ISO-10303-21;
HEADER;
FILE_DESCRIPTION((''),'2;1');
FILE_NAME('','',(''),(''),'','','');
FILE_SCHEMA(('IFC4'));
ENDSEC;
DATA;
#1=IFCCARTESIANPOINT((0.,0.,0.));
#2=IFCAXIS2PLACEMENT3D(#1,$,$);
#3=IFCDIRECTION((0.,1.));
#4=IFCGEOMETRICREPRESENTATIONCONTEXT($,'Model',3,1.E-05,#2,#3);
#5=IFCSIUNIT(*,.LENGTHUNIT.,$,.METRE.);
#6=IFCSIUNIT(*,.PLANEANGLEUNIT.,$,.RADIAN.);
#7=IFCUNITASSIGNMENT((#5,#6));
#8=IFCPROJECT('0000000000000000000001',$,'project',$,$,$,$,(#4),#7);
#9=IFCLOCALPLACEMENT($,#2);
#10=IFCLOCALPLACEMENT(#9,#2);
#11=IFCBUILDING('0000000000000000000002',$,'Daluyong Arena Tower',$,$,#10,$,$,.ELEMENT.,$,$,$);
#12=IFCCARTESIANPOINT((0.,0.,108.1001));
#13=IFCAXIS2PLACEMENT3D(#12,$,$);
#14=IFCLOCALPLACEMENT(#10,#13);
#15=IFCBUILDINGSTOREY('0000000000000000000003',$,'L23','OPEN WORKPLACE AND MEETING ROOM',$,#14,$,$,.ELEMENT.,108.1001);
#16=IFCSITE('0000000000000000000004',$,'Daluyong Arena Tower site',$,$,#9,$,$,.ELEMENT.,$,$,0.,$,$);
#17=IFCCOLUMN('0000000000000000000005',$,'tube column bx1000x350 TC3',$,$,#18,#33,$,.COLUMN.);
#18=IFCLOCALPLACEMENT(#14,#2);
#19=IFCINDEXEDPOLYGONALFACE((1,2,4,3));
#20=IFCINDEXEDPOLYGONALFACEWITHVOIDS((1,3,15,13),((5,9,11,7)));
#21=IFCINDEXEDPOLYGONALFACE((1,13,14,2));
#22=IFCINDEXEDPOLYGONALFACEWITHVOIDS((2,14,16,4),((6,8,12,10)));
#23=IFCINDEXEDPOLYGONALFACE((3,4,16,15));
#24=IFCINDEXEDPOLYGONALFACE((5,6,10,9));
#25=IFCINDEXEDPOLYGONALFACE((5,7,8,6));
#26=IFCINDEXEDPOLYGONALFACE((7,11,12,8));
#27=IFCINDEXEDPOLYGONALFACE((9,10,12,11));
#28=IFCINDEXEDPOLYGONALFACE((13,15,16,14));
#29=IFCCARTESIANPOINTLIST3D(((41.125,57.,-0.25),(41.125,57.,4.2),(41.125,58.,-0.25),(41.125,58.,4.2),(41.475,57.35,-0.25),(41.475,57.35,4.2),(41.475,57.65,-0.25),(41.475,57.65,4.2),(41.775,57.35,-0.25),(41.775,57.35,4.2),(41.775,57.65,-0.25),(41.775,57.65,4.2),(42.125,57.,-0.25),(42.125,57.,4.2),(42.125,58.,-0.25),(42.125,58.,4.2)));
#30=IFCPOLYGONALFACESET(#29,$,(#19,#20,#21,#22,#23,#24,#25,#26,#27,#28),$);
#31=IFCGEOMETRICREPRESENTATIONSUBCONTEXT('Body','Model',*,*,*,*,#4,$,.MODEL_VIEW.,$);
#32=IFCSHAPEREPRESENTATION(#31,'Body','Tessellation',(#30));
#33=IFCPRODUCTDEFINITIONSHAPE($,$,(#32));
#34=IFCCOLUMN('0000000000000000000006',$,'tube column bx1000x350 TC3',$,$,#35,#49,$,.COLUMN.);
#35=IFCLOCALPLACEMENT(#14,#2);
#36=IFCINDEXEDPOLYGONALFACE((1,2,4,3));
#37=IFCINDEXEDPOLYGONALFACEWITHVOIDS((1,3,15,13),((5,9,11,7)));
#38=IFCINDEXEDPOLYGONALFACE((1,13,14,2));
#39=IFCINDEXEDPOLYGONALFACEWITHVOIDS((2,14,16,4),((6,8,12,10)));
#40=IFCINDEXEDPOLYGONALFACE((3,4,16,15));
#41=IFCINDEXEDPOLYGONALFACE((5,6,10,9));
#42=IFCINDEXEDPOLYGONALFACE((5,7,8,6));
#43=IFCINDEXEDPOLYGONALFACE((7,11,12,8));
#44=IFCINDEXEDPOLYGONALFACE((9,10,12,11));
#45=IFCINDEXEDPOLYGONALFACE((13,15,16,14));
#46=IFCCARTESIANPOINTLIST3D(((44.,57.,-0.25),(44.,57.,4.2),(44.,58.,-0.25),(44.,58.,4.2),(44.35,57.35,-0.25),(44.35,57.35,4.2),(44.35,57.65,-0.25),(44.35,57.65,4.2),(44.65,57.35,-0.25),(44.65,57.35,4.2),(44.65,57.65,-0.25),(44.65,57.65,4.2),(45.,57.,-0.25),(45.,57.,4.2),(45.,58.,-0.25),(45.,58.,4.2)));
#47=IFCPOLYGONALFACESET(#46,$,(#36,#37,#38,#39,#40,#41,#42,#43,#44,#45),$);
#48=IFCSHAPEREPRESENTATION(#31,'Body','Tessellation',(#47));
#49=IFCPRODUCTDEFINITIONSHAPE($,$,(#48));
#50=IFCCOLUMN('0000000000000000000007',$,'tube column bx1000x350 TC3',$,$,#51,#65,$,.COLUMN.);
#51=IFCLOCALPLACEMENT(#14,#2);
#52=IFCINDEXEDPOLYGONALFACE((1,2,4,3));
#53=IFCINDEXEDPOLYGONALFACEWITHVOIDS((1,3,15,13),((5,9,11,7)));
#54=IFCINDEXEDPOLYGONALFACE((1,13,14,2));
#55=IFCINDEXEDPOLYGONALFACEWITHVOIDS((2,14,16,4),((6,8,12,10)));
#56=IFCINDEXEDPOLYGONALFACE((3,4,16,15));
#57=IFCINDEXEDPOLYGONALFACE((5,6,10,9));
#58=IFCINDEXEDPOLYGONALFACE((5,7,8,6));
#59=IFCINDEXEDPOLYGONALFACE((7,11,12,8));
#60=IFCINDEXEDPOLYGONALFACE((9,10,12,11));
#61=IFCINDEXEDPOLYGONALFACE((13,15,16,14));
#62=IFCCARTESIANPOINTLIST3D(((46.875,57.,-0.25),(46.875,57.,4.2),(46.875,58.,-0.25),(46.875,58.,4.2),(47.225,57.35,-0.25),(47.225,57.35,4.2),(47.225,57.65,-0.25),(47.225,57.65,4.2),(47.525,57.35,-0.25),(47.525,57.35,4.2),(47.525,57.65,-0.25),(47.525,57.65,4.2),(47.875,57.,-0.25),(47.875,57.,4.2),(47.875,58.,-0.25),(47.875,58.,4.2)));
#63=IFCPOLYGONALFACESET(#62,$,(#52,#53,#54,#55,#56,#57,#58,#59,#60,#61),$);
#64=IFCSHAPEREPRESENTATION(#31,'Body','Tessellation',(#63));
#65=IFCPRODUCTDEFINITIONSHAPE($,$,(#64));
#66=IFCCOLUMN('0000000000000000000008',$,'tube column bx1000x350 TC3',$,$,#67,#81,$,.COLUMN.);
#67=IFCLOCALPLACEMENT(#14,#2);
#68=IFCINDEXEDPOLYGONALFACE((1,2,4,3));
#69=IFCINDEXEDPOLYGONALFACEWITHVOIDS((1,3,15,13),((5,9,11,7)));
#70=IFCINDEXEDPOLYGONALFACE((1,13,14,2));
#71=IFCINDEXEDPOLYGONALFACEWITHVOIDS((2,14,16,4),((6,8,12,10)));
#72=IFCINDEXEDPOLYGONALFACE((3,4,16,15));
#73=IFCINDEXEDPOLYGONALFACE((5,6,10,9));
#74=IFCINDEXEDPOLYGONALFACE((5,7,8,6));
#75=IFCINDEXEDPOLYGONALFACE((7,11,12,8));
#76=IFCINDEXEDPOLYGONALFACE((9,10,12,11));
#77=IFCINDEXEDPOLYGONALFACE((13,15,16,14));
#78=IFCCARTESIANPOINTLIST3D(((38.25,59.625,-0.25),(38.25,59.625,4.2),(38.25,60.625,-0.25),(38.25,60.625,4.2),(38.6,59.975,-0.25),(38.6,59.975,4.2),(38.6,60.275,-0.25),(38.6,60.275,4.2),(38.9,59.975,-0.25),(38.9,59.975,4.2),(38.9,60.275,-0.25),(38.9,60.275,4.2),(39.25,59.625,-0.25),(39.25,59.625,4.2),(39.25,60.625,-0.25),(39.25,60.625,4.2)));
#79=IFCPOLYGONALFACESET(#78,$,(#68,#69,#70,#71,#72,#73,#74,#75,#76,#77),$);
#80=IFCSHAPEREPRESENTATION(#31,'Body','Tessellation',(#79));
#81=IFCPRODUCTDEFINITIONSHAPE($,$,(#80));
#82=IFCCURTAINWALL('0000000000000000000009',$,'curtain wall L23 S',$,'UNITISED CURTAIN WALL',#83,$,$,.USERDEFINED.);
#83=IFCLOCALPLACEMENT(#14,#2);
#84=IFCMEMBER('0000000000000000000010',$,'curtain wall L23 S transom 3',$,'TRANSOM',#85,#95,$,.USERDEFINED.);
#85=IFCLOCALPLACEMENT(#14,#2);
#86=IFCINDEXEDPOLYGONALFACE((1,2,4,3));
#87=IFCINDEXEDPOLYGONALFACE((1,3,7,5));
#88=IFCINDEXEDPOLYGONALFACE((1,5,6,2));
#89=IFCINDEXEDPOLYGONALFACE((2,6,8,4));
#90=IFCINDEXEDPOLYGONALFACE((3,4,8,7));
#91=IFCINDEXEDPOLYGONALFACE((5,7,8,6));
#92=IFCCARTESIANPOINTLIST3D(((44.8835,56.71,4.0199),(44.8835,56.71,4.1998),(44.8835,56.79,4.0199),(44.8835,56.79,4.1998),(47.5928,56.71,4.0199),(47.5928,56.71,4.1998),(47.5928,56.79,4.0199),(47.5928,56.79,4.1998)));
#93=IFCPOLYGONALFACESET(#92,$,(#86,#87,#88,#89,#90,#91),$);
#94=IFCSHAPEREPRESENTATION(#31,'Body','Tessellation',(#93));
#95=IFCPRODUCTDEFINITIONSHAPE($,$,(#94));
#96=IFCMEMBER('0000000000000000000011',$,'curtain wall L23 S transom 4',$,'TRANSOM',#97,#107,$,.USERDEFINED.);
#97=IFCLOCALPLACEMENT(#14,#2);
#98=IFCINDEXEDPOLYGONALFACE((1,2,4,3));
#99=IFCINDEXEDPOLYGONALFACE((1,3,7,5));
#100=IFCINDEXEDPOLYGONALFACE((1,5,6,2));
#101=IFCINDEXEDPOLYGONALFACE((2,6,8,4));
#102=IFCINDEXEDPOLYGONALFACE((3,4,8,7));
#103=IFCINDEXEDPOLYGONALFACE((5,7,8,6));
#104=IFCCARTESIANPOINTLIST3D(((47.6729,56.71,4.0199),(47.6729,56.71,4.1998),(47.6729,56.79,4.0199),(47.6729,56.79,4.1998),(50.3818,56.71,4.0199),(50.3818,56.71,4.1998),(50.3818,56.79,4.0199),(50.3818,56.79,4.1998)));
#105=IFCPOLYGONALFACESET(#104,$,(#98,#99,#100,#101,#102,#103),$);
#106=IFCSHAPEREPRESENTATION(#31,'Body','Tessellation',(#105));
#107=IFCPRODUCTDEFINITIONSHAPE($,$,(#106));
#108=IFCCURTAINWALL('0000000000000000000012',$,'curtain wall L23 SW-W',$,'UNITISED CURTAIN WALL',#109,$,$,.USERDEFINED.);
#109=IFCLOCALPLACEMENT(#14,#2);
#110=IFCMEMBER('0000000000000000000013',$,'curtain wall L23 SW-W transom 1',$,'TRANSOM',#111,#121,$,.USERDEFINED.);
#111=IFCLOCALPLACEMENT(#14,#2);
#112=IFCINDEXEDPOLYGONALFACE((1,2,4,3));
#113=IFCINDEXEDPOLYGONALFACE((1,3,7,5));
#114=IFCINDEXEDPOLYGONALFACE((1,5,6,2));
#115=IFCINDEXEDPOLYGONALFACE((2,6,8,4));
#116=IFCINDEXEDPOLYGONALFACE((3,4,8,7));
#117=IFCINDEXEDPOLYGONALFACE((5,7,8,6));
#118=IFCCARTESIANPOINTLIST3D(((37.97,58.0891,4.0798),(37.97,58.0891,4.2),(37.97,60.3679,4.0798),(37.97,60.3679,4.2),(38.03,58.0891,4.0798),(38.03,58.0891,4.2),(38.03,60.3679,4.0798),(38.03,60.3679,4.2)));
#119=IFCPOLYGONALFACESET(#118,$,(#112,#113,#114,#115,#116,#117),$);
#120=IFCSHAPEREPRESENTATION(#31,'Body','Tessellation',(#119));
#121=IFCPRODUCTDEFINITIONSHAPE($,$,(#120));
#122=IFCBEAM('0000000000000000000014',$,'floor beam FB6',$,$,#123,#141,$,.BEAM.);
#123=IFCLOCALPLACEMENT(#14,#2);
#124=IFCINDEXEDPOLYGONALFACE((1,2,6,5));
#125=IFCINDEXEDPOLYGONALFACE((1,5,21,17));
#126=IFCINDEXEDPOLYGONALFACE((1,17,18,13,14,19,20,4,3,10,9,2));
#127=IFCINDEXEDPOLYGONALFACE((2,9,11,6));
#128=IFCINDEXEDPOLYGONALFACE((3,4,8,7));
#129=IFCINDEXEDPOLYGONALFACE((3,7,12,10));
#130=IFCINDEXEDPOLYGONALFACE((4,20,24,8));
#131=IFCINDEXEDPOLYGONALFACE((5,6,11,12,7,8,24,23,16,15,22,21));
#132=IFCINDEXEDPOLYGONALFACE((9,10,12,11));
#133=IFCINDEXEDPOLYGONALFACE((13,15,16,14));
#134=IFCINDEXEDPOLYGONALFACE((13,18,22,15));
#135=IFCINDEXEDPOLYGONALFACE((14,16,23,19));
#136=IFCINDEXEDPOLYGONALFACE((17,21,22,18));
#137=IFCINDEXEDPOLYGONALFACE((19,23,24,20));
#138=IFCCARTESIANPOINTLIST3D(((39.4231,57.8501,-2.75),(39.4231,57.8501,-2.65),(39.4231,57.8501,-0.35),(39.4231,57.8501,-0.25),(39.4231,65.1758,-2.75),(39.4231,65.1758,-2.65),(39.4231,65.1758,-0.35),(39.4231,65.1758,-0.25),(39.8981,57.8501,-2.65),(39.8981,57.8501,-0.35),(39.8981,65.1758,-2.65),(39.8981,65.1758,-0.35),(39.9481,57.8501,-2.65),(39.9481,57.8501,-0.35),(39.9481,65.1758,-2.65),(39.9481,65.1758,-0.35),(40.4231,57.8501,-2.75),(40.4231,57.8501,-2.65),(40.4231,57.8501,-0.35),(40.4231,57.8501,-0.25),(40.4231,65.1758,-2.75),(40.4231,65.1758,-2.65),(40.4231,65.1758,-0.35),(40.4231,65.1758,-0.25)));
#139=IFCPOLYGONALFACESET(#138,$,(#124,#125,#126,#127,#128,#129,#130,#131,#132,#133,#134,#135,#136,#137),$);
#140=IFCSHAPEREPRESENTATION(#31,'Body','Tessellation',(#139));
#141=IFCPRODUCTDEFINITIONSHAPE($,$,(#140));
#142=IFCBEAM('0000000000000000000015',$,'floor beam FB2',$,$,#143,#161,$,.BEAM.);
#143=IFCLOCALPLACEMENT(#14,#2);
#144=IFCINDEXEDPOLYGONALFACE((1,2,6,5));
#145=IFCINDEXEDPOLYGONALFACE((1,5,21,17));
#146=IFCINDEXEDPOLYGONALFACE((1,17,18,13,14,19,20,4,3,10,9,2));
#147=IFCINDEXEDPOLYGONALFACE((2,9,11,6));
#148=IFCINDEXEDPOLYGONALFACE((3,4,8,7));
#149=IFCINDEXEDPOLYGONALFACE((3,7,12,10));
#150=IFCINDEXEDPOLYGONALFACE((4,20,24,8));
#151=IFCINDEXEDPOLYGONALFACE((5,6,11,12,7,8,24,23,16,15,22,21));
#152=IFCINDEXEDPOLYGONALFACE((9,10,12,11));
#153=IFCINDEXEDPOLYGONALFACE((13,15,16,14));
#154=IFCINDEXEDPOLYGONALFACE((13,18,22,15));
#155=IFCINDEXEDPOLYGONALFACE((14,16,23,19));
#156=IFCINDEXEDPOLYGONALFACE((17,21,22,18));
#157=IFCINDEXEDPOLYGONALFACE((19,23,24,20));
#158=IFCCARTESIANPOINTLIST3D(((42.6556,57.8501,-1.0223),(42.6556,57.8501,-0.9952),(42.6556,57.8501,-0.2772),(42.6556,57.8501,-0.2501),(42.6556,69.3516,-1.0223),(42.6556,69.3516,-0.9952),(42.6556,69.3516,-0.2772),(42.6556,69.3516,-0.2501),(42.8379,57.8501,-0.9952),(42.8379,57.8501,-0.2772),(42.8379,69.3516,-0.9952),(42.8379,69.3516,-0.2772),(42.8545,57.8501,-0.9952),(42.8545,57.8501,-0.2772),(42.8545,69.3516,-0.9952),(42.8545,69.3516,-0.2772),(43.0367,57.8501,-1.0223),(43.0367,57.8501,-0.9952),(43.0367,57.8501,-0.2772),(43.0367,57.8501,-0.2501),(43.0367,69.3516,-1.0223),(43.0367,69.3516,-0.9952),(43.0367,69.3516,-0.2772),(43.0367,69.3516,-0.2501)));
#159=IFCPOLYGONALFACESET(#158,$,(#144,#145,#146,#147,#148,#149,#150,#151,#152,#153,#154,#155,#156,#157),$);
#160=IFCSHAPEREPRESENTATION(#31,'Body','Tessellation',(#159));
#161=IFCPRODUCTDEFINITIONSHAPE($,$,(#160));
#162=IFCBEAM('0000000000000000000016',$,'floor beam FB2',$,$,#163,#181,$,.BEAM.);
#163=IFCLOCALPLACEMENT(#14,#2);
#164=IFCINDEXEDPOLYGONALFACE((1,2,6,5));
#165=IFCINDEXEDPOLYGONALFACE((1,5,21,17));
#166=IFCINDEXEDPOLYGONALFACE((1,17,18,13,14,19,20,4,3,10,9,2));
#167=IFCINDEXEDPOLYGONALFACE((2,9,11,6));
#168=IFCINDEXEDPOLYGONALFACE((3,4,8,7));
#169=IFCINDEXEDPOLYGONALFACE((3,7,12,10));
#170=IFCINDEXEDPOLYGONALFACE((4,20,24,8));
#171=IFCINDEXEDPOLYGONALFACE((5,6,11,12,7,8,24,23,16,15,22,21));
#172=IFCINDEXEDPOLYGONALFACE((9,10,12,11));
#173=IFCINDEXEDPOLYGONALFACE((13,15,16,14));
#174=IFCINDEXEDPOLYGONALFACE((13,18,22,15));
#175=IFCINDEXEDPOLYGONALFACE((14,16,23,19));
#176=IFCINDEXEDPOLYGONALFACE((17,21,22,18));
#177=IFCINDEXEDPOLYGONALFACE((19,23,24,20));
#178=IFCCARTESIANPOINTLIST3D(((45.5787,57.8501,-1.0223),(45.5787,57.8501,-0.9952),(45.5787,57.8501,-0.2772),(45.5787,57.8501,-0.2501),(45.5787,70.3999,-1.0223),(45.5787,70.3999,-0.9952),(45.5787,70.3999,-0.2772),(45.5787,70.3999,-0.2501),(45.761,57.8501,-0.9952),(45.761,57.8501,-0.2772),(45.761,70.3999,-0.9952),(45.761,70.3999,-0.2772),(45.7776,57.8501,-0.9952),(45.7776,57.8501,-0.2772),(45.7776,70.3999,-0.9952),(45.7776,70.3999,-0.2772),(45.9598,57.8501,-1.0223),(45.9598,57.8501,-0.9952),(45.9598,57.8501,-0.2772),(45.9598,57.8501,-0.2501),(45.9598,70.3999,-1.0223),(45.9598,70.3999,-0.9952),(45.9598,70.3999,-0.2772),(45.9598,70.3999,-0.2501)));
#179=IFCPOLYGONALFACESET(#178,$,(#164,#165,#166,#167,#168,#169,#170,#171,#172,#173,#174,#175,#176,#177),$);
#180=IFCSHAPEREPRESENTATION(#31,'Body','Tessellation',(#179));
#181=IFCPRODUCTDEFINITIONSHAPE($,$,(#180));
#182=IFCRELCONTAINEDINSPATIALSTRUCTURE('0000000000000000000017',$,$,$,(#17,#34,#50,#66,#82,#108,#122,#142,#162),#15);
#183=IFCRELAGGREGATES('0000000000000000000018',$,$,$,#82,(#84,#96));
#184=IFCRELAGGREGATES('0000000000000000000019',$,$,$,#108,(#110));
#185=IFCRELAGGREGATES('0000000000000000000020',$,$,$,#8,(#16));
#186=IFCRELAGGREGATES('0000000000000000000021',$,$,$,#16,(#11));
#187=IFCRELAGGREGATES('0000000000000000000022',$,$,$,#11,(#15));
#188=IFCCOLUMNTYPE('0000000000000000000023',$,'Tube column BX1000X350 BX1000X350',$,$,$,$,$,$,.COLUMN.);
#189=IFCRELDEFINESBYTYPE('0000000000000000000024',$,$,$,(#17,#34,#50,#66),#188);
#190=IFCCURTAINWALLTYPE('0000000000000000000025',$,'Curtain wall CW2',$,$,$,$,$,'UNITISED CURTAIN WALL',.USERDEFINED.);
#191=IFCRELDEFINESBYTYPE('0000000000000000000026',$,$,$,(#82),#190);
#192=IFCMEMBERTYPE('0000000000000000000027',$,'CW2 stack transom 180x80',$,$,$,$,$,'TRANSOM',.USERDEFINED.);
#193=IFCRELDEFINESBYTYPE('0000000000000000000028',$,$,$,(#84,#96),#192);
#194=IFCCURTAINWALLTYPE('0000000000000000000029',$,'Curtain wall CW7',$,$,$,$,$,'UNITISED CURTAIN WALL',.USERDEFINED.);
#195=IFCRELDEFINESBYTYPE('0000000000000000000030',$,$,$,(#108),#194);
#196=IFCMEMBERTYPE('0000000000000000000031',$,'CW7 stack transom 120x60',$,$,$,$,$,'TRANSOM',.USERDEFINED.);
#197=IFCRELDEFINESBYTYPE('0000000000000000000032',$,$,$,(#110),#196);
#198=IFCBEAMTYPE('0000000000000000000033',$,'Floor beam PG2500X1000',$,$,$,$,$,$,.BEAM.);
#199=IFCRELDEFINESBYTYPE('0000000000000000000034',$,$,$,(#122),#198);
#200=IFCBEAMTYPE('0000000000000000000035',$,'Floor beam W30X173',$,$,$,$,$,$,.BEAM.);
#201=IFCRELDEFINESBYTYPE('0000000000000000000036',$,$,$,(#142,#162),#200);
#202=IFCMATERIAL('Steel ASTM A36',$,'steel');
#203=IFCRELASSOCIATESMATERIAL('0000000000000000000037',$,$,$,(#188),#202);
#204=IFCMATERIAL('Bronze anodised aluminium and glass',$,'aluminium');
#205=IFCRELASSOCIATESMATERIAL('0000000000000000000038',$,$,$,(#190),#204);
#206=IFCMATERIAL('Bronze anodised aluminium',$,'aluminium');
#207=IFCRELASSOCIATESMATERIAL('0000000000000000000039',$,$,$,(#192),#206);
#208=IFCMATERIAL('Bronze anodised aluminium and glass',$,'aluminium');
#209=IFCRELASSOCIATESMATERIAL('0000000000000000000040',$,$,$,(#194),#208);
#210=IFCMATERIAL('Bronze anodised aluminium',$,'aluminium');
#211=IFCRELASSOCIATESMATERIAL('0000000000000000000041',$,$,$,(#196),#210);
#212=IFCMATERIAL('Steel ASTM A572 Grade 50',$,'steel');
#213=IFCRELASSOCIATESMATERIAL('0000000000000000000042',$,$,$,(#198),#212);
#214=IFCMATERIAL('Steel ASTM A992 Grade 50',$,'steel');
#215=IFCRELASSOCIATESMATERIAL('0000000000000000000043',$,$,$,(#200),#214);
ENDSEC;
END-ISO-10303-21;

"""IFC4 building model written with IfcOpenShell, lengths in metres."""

from ifc_helpers import new_model, si_unit, direction, frame, origin, origin_2d, place, context, subcontext, project, spatial, rectangle, hollow_rectangle, i_section, extrude, material, material_profile, profile_set, type_object, element, aggregate, save


model = new_model("IFC4")

# Units and contexts
model_context = context("Model", 3, precision=1e-05, world=origin(), true_north=direction((0.0, 1.0)))
body_context = subcontext(model_context, "Body", "Model", "MODEL_VIEW")
ifc_project = project(units=[si_unit("LENGTHUNIT", "METRE"), si_unit("PLANEANGLEUNIT", "RADIAN")], contexts=[model_context])

# Site, building, storey
site_placement = place(None, origin())
site = spatial("IfcSite", under=ifc_project, at=site_placement, Name="Daluyong Arena Tower site", CompositionType="ELEMENT", RefElevation=0.0)
building_placement = place(site_placement, origin())
building = spatial("IfcBuilding", under=site, at=building_placement, Name="Daluyong Arena Tower", CompositionType="ELEMENT")
storey_placement = place(building_placement, frame((0.0, 0.0, 108.1001)))
storey = spatial("IfcBuildingStorey", under=building, at=storey_placement, Name="L23", Description="OPEN WORKPLACE AND MEETING ROOM", CompositionType="ELEMENT", Elevation=108.1001)

# Columns
ifc_material_1 = material(Name="Steel ASTM A36", Category="steel")
ifc_material_profile_1 = material_profile(ifc_material_1, hollow_rectangle(XDim=1.0, YDim=1.0, WallThickness=0.35, at=origin_2d()))
ifc_profile_set_1 = profile_set([ifc_material_profile_1], Name="Steel ASTM A36")
column_type = type_object("IfcColumnType", Name="Tube column BX1000X350 BX1000X350", PredefinedType="COLUMN", material=ifc_profile_set_1)
for number, where, z_axis, x_axis, name in (
    (1, (41.625, 57.5, -0.25), (0.0, 0.0, 1.0), (1.0, 0.0, 0.0), "tube column bx1000x350 TC3"),
    (2, (44.5, 57.5, -0.25), (0.0, 0.0, 1.0), (1.0, 0.0, 0.0), "tube column bx1000x350 TC3"),
    (3, (47.375, 57.5, -0.25), (0.0, 0.0, 1.0), (1.0, 0.0, 0.0), "tube column bx1000x350 TC3"),
    (4, (38.75, 60.125, -0.25), (0.0, 0.0, 1.0), (0.0, 1.0, 0.0), "tube column bx1000x350 TC3"),
):
    element("IfcColumn", number, at=place(storey_placement, frame(where, z_axis=z_axis, x_axis=x_axis)), inside=storey, type_object=column_type, Name=name, PredefinedType="COLUMN", context=body_context, shape_type="SweptSolid", body=[
        extrude(hollow_rectangle(XDim=1.0, YDim=1.0, WallThickness=0.35, at=origin_2d()), origin(), (0.0, 0.0, 1.0), 4.45),
    ])

# Curtain wall, members
ifc_material_2 = material(Name="Bronze anodised aluminium and glass", Category="aluminium")
curtain_wall_type_1 = type_object("IfcCurtainWallType", Name="Curtain wall CW2", ElementType="UNITISED CURTAIN WALL", PredefinedType="USERDEFINED", material=ifc_material_2)
curtain_wall_1_placement = place(storey_placement, origin())
curtain_wall_1 = element("IfcCurtainWall", 5, at=curtain_wall_1_placement, inside=storey, type_object=curtain_wall_type_1, Name="curtain wall L23 S", ObjectType="UNITISED CURTAIN WALL", PredefinedType="USERDEFINED")
ifc_material_3 = material(Name="Bronze anodised aluminium", Category="aluminium")
ifc_material_profile_2 = material_profile(ifc_material_3, rectangle(XDim=0.0801, YDim=0.1799, at=origin_2d()))
ifc_profile_set_2 = profile_set([ifc_material_profile_2], Name="Bronze anodised aluminium")
member_type_1 = type_object("IfcMemberType", Name="CW2 stack transom 180x80", ElementType="TRANSOM", PredefinedType="USERDEFINED", material=ifc_profile_set_2)
member_1_placement = place(storey_placement, frame((44.8835, 56.75, 4.1099), z_axis=(1.0, 0.0, 0.0), x_axis=(0.0, 1.0, 0.0)))
member_1 = element("IfcMember", 6, at=member_1_placement, type_object=member_type_1, Name="curtain wall L23 S transom 3", ObjectType="TRANSOM", PredefinedType="USERDEFINED", context=body_context, shape_type="SweptSolid", body=[
    extrude(rectangle(XDim=0.0801, YDim=0.1799, at=origin_2d()), origin(), (0.0, 0.0, 1.0), 2.7092),
])
member_2_placement = place(storey_placement, frame((47.6729, 56.75, 4.1099), z_axis=(1.0, 0.0, 0.0), x_axis=(0.0, 1.0, 0.0)))
member_2 = element("IfcMember", 7, at=member_2_placement, type_object=member_type_1, Name="curtain wall L23 S transom 4", ObjectType="TRANSOM", PredefinedType="USERDEFINED", context=body_context, shape_type="SweptSolid", body=[
    extrude(rectangle(XDim=0.0801, YDim=0.1799, at=origin_2d()), origin(), (0.0, 0.0, 1.0), 2.709),
])

# Curtain wall, member
ifc_material_4 = material(Name="Bronze anodised aluminium and glass", Category="aluminium")
curtain_wall_type_2 = type_object("IfcCurtainWallType", Name="Curtain wall CW7", ElementType="UNITISED CURTAIN WALL", PredefinedType="USERDEFINED", material=ifc_material_4)
curtain_wall_2_placement = place(storey_placement, origin())
curtain_wall_2 = element("IfcCurtainWall", 8, at=curtain_wall_2_placement, inside=storey, type_object=curtain_wall_type_2, Name="curtain wall L23 SW-W", ObjectType="UNITISED CURTAIN WALL", PredefinedType="USERDEFINED")
ifc_material_5 = material(Name="Bronze anodised aluminium", Category="aluminium")
ifc_material_profile_3 = material_profile(ifc_material_5, rectangle(XDim=0.0601, YDim=0.1201, at=origin_2d()))
ifc_profile_set_3 = profile_set([ifc_material_profile_3], Name="Bronze anodised aluminium")
member_type_2 = type_object("IfcMemberType", Name="CW7 stack transom 120x60", ElementType="TRANSOM", PredefinedType="USERDEFINED", material=ifc_profile_set_3)
member_3_placement = place(storey_placement, frame((38.0, 60.3679, 4.1399), z_axis=(0.0, -1.0, 0.0), x_axis=(1.0, 0.0, 0.0)))
member_3 = element("IfcMember", 9, at=member_3_placement, type_object=member_type_2, Name="curtain wall L23 SW-W transom 1", ObjectType="TRANSOM", PredefinedType="USERDEFINED", context=body_context, shape_type="SweptSolid", body=[
    extrude(rectangle(XDim=0.0601, YDim=0.1201, at=origin_2d()), origin(), (0.0, 0.0, 1.0), 2.2788),
])

# Beams
ifc_material_6 = material(Name="Steel ASTM A572 Grade 50", Category="steel")
ifc_material_profile_4 = material_profile(ifc_material_6, i_section(OverallWidth=1.0, OverallDepth=2.5, WebThickness=0.05, FlangeThickness=0.1, at=origin_2d()))
ifc_profile_set_4 = profile_set([ifc_material_profile_4], Name="Steel ASTM A572 Grade 50")
beam_type_1 = type_object("IfcBeamType", Name="Floor beam PG2500X1000", PredefinedType="BEAM", material=ifc_profile_set_4)
beam_1_placement = place(storey_placement, frame((39.9231, 57.8501, -1.5), z_axis=(0.0, 1.0, 0.0), x_axis=(-1.0, 0.0, 0.0)))
element("IfcBeam", 10, at=beam_1_placement, inside=storey, type_object=beam_type_1, Name="floor beam FB6", PredefinedType="BEAM", context=body_context, shape_type="SweptSolid", body=[
    extrude(i_section(OverallWidth=1.0, OverallDepth=2.5, WebThickness=0.05, FlangeThickness=0.1, at=origin_2d()), origin(), (0.0, 0.0, 1.0), 7.3257),
])
ifc_material_7 = material(Name="Steel ASTM A992 Grade 50", Category="steel")
ifc_material_profile_5 = material_profile(ifc_material_7, i_section(OverallWidth=0.3811, OverallDepth=0.7722, WebThickness=0.0166, FlangeThickness=0.0271, at=origin_2d()))
ifc_profile_set_5 = profile_set([ifc_material_profile_5], Name="Steel ASTM A992 Grade 50")
beam_type_2 = type_object("IfcBeamType", Name="Floor beam W30X173", PredefinedType="BEAM", material=ifc_profile_set_5)
beam_2_placement = place(storey_placement, frame((42.8462, 57.8501, -0.6362), z_axis=(0.0, 1.0, 0.0), x_axis=(-1.0, 0.0, 0.0)))
element("IfcBeam", 11, at=beam_2_placement, inside=storey, type_object=beam_type_2, Name="floor beam FB2", PredefinedType="BEAM", context=body_context, shape_type="SweptSolid", body=[
    extrude(i_section(OverallWidth=0.3811, OverallDepth=0.7722, WebThickness=0.0166, FlangeThickness=0.0271, at=origin_2d()), origin(), (0.0, 0.0, 1.0), 11.5015),
])
beam_3_placement = place(storey_placement, frame((45.7693, 57.8501, -0.6362), z_axis=(0.0, 1.0, 0.0), x_axis=(-1.0, 0.0, 0.0)))
element("IfcBeam", 12, at=beam_3_placement, inside=storey, type_object=beam_type_2, Name="floor beam FB2", PredefinedType="BEAM", context=body_context, shape_type="SweptSolid", body=[
    extrude(i_section(OverallWidth=0.3811, OverallDepth=0.7722, WebThickness=0.0166, FlangeThickness=0.0271, at=origin_2d()), origin(), (0.0, 0.0, 1.0), 12.5498),
])

aggregate(curtain_wall_1, [member_1, member_2])
aggregate(curtain_wall_2, [member_3])

save(model, "model.ifc")
